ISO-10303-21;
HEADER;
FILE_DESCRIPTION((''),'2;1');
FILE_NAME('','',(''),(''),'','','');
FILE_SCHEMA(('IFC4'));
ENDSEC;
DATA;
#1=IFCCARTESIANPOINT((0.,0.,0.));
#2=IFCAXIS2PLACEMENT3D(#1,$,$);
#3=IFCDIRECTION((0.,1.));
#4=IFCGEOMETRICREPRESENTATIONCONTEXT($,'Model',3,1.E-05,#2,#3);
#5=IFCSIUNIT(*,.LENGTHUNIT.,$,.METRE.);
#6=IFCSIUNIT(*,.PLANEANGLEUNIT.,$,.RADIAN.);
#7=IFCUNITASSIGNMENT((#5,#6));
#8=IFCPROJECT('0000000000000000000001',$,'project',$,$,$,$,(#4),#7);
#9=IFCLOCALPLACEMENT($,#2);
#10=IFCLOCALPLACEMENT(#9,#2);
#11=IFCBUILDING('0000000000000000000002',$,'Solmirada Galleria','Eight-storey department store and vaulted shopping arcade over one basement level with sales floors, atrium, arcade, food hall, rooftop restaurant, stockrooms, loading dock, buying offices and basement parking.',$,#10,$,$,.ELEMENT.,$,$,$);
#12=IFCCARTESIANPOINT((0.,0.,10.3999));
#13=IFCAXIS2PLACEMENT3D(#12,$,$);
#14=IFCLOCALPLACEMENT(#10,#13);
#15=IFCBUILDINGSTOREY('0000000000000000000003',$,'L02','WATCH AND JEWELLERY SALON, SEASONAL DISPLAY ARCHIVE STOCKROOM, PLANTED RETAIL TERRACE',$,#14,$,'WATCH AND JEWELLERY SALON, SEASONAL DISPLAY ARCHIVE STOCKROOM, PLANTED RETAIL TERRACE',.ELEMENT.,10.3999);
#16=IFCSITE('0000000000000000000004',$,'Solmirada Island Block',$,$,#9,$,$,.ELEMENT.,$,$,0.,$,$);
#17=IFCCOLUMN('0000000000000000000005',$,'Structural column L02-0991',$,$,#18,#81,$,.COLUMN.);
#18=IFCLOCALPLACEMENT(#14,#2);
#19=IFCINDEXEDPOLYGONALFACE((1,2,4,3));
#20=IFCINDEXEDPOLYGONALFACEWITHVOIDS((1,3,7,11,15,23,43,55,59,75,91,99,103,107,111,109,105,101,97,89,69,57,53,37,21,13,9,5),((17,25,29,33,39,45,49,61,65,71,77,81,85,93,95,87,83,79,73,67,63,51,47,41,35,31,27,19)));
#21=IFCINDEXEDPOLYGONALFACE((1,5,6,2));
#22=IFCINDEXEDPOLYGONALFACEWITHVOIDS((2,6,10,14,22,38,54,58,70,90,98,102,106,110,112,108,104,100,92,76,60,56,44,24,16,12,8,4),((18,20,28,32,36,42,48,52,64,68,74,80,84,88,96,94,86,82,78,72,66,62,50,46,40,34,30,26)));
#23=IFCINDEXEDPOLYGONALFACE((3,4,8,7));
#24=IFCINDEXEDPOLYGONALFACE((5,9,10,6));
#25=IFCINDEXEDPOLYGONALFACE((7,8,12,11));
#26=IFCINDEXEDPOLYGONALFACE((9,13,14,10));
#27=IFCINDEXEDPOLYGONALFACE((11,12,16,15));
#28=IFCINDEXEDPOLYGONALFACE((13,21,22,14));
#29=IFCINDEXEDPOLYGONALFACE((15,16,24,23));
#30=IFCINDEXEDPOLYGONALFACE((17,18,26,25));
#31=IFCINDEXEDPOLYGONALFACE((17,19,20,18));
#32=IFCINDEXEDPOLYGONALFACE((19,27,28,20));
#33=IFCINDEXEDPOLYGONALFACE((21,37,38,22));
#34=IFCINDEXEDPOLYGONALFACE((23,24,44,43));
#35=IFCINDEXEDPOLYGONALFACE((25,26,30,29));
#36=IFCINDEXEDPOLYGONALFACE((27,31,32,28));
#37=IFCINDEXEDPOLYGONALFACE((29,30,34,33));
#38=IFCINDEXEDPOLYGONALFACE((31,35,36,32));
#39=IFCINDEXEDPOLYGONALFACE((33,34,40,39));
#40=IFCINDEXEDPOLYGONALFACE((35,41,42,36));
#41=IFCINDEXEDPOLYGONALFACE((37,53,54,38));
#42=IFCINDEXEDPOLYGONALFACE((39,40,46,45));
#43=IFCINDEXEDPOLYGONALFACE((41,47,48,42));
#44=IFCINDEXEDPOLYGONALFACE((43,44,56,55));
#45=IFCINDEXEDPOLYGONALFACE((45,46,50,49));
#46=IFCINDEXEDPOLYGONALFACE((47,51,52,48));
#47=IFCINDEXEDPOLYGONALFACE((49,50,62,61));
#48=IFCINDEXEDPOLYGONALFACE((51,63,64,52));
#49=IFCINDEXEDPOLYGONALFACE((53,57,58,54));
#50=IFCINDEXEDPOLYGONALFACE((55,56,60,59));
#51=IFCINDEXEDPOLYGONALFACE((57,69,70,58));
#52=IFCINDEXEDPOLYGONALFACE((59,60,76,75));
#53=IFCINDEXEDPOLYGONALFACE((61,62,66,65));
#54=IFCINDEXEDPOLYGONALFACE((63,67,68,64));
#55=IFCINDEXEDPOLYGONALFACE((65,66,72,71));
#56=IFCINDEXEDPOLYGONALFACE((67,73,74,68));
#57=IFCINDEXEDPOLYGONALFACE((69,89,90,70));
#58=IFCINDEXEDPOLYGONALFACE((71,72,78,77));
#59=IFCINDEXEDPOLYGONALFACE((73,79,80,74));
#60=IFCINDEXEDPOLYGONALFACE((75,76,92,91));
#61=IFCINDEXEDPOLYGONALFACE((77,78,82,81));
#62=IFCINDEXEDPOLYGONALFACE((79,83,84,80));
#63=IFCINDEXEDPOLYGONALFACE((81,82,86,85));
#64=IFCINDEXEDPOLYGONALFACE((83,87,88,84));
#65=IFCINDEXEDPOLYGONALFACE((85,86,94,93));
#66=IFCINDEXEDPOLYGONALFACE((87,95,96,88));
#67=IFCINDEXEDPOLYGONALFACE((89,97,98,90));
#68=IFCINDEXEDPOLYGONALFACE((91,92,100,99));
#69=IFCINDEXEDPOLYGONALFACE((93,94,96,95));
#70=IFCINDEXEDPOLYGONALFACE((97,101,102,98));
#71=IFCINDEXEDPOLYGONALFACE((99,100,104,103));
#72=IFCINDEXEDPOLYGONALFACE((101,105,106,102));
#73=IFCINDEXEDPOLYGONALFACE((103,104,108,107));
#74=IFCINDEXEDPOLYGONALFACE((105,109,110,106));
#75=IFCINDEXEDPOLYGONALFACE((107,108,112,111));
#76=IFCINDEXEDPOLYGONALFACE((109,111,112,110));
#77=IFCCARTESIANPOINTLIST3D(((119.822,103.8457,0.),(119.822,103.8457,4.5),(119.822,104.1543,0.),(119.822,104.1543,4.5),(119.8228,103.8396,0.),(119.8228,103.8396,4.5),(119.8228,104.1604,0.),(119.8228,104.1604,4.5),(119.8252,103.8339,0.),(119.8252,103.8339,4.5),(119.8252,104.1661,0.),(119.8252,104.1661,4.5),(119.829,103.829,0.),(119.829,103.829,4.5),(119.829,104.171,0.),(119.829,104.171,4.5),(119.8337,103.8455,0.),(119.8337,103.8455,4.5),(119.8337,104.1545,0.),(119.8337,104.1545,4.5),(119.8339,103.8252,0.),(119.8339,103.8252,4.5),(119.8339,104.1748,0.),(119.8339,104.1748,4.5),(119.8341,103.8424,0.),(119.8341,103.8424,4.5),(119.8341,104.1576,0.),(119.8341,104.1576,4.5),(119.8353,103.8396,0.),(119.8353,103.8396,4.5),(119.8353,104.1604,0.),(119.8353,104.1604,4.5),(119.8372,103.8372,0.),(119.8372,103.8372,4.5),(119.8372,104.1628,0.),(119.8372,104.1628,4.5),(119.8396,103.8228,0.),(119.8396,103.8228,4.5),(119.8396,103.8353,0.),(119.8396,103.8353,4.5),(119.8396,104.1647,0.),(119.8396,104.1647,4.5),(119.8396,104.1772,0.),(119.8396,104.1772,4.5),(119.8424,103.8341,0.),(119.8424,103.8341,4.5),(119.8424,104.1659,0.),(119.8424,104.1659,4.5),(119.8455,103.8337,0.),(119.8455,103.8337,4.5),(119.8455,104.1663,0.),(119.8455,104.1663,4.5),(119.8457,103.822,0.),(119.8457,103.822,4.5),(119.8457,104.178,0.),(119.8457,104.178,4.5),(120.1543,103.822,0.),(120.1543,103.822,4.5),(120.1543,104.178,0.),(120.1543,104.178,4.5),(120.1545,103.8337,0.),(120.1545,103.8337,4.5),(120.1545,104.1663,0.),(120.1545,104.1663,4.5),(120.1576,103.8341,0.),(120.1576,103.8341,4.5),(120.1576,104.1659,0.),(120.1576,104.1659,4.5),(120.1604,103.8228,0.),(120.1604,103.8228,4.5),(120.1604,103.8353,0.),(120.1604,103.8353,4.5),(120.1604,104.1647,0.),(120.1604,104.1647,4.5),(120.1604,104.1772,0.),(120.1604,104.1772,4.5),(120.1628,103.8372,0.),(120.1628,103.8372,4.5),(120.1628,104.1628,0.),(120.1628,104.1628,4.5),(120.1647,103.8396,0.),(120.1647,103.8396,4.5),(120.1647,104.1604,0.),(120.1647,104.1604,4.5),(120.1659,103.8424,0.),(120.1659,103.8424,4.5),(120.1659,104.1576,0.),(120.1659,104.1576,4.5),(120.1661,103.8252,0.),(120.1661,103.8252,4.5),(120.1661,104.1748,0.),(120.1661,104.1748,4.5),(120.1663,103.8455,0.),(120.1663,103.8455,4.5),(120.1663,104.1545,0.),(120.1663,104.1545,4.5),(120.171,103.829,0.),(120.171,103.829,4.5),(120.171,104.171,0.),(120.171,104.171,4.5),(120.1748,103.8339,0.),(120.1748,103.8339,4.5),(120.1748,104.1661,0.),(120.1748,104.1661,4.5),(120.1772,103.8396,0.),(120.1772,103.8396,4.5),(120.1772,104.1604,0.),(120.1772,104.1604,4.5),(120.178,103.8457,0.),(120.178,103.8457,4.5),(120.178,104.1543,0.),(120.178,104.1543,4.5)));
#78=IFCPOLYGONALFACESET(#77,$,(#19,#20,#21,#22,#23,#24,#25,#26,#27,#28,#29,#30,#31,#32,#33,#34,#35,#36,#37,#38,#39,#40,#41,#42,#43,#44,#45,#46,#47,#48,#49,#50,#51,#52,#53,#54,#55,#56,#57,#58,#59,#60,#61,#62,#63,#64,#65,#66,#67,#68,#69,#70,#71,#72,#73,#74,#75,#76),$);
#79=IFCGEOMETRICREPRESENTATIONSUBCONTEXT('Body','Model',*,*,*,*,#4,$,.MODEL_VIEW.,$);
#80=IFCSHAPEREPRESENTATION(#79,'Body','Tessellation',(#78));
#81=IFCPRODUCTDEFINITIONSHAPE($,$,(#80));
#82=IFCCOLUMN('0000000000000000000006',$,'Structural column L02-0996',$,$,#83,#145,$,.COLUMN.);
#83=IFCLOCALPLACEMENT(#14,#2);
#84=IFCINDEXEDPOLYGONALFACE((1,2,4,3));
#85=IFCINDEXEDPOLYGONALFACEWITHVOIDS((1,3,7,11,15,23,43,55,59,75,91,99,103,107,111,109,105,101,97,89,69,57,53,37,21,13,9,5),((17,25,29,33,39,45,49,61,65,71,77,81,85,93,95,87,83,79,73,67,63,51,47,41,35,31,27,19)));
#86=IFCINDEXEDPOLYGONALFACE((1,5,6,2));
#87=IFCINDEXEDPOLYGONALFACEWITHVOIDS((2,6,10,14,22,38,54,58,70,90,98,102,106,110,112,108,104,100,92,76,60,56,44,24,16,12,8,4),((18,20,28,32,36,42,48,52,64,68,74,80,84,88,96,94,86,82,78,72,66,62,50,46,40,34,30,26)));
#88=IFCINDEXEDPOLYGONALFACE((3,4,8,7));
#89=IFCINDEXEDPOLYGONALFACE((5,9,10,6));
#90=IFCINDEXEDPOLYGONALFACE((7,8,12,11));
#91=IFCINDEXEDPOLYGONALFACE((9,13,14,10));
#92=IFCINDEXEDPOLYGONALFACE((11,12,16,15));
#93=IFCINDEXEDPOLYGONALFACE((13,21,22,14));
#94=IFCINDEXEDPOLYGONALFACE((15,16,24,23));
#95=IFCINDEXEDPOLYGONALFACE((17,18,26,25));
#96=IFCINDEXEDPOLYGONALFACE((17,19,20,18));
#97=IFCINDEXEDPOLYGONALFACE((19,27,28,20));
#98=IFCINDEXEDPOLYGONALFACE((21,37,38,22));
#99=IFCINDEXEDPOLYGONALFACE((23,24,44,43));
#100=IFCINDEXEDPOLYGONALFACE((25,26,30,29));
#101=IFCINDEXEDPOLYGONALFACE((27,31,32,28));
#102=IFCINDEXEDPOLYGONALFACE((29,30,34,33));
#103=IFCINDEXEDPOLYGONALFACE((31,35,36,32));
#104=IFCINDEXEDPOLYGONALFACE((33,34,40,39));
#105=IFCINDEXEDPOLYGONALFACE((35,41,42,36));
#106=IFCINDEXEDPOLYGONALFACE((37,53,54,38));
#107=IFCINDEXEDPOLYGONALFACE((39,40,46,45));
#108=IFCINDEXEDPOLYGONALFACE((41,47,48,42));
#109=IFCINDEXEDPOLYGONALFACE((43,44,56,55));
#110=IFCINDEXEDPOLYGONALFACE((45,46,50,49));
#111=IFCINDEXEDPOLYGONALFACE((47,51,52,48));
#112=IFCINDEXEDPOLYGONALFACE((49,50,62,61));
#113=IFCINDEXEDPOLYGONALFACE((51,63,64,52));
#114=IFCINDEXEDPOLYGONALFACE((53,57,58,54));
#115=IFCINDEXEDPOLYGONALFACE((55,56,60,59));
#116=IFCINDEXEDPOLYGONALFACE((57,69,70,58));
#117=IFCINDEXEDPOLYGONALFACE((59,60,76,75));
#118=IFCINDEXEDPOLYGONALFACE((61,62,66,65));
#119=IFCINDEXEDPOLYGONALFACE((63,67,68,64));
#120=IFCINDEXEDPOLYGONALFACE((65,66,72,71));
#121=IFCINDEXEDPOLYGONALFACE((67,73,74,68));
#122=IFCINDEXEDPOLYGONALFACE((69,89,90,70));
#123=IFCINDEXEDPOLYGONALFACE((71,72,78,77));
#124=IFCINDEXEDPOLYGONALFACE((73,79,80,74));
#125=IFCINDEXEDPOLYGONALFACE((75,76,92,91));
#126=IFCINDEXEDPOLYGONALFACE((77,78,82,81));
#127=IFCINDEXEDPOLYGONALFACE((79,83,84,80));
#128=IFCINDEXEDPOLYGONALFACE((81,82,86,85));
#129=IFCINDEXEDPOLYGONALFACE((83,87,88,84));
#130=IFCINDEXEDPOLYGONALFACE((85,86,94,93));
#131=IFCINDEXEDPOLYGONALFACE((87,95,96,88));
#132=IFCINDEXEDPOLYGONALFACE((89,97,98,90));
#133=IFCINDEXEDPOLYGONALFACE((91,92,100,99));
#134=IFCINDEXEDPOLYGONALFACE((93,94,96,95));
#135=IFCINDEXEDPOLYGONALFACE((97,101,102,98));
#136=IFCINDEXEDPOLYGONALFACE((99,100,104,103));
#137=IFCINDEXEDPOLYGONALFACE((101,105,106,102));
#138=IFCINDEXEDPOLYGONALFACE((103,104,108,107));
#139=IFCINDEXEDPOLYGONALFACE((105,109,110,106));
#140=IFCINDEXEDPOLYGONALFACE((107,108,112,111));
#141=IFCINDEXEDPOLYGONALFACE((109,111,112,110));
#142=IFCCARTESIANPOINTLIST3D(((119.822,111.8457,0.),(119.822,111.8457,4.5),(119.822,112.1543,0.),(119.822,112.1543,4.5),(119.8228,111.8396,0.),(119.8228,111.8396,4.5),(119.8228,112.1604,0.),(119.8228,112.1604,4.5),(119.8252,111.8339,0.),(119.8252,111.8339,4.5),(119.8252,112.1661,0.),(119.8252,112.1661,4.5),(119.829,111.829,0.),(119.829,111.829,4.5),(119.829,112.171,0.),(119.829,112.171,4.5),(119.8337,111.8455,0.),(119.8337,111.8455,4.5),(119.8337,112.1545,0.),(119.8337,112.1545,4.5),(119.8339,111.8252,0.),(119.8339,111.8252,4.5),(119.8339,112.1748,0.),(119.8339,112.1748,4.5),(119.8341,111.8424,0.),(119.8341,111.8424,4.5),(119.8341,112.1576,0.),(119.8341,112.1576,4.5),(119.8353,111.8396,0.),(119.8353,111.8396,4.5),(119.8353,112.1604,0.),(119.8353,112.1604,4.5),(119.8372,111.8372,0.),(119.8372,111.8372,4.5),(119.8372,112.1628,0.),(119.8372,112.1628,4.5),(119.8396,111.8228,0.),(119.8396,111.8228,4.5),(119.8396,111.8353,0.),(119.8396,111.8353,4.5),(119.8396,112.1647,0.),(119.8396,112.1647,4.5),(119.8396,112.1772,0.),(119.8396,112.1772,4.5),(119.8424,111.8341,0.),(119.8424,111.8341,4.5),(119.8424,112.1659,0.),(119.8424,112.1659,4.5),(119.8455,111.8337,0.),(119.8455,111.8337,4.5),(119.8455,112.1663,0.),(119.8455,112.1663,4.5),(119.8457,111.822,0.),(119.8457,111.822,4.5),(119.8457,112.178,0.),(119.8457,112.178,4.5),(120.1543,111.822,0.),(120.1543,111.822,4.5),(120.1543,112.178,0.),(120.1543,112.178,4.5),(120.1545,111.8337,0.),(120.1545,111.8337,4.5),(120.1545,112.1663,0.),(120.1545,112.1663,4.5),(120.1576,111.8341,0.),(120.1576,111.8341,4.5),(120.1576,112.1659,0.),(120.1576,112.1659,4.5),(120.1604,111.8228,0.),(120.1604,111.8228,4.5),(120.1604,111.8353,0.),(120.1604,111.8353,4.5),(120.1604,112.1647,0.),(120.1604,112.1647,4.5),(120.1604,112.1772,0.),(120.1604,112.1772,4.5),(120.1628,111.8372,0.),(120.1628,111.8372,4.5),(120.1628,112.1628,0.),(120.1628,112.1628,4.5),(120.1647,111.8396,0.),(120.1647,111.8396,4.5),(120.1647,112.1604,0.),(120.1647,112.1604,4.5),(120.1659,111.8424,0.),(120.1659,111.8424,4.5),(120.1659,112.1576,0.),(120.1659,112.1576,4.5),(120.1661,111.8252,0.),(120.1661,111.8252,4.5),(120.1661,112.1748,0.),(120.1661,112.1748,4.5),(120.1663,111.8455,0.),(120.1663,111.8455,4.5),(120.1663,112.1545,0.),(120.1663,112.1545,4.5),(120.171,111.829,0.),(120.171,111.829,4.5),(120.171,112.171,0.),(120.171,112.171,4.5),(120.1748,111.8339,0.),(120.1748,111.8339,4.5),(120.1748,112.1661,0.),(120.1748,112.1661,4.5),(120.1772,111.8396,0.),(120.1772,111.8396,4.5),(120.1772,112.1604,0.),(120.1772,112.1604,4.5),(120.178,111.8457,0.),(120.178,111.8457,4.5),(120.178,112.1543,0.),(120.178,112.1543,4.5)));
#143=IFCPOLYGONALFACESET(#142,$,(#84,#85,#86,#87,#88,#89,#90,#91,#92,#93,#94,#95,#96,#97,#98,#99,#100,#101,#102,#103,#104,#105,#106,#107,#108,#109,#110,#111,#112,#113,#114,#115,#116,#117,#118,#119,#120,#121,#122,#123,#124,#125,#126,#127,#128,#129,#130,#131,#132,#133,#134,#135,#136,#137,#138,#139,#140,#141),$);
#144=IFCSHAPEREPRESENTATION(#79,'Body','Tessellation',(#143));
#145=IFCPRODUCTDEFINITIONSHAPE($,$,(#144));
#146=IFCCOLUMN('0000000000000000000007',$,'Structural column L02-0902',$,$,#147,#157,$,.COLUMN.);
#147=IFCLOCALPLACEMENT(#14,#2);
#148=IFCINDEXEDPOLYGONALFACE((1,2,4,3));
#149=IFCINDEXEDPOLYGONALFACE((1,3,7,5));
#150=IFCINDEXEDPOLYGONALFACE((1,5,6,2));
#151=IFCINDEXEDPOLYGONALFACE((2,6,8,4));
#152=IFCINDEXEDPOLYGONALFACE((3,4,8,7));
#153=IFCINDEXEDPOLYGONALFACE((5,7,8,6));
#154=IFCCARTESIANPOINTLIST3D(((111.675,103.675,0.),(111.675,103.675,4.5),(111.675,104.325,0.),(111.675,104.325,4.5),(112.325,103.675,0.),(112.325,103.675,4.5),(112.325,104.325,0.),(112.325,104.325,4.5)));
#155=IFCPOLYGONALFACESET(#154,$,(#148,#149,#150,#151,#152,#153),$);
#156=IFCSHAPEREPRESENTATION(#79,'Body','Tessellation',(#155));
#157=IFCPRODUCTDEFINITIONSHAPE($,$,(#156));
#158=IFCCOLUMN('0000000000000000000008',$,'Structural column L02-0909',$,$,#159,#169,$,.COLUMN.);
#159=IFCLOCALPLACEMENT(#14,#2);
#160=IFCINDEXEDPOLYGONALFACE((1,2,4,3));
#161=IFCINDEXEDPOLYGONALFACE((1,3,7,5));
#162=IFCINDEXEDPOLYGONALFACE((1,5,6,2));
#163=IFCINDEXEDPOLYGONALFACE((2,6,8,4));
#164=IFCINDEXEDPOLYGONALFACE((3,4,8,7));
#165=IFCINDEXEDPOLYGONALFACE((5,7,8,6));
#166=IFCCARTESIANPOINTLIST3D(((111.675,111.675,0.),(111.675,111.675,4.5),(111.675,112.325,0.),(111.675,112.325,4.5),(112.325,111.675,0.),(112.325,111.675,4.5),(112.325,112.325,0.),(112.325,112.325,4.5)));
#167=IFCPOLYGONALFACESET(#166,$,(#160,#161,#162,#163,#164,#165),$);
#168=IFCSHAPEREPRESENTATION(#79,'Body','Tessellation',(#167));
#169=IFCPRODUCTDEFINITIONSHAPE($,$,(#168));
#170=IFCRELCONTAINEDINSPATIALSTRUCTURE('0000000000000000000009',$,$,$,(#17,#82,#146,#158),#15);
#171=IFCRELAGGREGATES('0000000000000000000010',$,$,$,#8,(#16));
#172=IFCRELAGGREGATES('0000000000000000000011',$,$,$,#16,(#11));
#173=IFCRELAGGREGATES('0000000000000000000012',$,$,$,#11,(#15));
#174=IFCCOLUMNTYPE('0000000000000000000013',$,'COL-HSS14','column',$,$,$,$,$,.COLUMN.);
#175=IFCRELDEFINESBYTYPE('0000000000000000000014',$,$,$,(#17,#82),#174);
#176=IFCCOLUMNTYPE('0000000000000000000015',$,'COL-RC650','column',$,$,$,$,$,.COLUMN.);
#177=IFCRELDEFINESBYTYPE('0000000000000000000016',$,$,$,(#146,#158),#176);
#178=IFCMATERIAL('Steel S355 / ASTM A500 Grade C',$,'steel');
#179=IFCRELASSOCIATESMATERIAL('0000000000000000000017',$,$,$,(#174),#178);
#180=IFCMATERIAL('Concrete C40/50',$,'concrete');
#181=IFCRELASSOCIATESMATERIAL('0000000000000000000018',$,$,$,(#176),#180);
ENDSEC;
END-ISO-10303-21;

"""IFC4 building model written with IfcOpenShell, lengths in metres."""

from ifc_helpers import new_model, si_unit, direction, frame, origin, origin_2d, place, context, subcontext, project, spatial, rectangle, hollow_rectangle, extrude, material, material_profile, profile_set, type_object, element, save


model = new_model("IFC4")

# Units and contexts
model_context = context("Model", 3, precision=1e-05, world=origin(), true_north=direction((0.0, 1.0)))
body_context = subcontext(model_context, "Body", "Model", "MODEL_VIEW")
ifc_project = project(units=[si_unit("LENGTHUNIT", "METRE"), si_unit("PLANEANGLEUNIT", "RADIAN")], contexts=[model_context])

# Site, building, storey
site_placement = place(None, origin())
site = spatial("IfcSite", under=ifc_project, at=site_placement, Name="Solmirada Island Block", CompositionType="ELEMENT", RefElevation=0.0)
building_placement = place(site_placement, origin())
building = spatial("IfcBuilding", under=site, at=building_placement, Name="Solmirada Galleria", Description="Eight-storey department store and vaulted shopping arcade over one basement level with sales floors, atrium, arcade, food hall, rooftop restaurant, stockrooms, loading dock, buying offices and basement parking.", CompositionType="ELEMENT")
storey_placement = place(building_placement, frame((0.0, 0.0, 10.3999)))
storey = spatial("IfcBuildingStorey", under=building, at=storey_placement, Name="L02", Description="WATCH AND JEWELLERY SALON, SEASONAL DISPLAY ARCHIVE STOCKROOM, PLANTED RETAIL TERRACE", LongName="WATCH AND JEWELLERY SALON, SEASONAL DISPLAY ARCHIVE STOCKROOM, PLANTED RETAIL TERRACE", CompositionType="ELEMENT", Elevation=10.3999)

# Columns
ifc_material_1 = material(Name="Steel S355 / ASTM A500 Grade C", Category="steel")
ifc_material_profile_1 = material_profile(ifc_material_1, hollow_rectangle(XDim=0.356, YDim=0.356, WallThickness=0.0117, InnerFilletRadius=0.0117, OuterFilletRadius=0.0237, at=origin_2d()), Name="HSS14X14X1/2")
ifc_profile_set_1 = profile_set([ifc_material_profile_1], Name="Steel S355 / ASTM A500 Grade C")
column_type_1 = type_object("IfcColumnType", Name="COL-HSS14", Description="column", PredefinedType="COLUMN", material=ifc_profile_set_1)
for number, where, z_axis, x_axis, name in (
    (1, (120.0, 104.0, 0.0), (0.0, 0.0, 1.0), (1.0, 0.0, 0.0), "Structural column L02-0991"),
    (2, (120.0, 112.0, 0.0), (0.0, 0.0, 1.0), (1.0, 0.0, 0.0), "Structural column L02-0996"),
):
    element("IfcColumn", number, at=place(storey_placement, frame(where, z_axis=z_axis, x_axis=x_axis)), inside=storey, type_object=column_type_1, Name=name, PredefinedType="COLUMN", context=body_context, shape_type="SweptSolid", body=[
        extrude(hollow_rectangle(XDim=0.356, YDim=0.356, WallThickness=0.0117, InnerFilletRadius=0.0117, OuterFilletRadius=0.0237, at=origin_2d()), origin(), (0.0, 0.0, 1.0), 4.5),
    ])
ifc_material_2 = material(Name="Concrete C40/50", Category="concrete")
ifc_material_profile_2 = material_profile(ifc_material_2, rectangle(XDim=0.6499, YDim=0.6499, at=origin_2d()), Name="RC650X650")
ifc_profile_set_2 = profile_set([ifc_material_profile_2], Name="Concrete C40/50")
column_type_2 = type_object("IfcColumnType", Name="COL-RC650", Description="column", PredefinedType="COLUMN", material=ifc_profile_set_2)
for number, where, z_axis, x_axis, name in (
    (3, (112.0, 104.0, 0.0), (0.0, 0.0, 1.0), (1.0, 0.0, 0.0), "Structural column L02-0902"),
    (4, (112.0, 112.0, 0.0), (0.0, 0.0, 1.0), (1.0, 0.0, 0.0), "Structural column L02-0909"),
):
    element("IfcColumn", number, at=place(storey_placement, frame(where, z_axis=z_axis, x_axis=x_axis)), inside=storey, type_object=column_type_2, Name=name, PredefinedType="COLUMN", context=body_context, shape_type="SweptSolid", body=[
        extrude(rectangle(XDim=0.6499, YDim=0.6499, at=origin_2d()), origin(), (0.0, 0.0, 1.0), 4.5),
    ])

save(model, "model.ifc")
